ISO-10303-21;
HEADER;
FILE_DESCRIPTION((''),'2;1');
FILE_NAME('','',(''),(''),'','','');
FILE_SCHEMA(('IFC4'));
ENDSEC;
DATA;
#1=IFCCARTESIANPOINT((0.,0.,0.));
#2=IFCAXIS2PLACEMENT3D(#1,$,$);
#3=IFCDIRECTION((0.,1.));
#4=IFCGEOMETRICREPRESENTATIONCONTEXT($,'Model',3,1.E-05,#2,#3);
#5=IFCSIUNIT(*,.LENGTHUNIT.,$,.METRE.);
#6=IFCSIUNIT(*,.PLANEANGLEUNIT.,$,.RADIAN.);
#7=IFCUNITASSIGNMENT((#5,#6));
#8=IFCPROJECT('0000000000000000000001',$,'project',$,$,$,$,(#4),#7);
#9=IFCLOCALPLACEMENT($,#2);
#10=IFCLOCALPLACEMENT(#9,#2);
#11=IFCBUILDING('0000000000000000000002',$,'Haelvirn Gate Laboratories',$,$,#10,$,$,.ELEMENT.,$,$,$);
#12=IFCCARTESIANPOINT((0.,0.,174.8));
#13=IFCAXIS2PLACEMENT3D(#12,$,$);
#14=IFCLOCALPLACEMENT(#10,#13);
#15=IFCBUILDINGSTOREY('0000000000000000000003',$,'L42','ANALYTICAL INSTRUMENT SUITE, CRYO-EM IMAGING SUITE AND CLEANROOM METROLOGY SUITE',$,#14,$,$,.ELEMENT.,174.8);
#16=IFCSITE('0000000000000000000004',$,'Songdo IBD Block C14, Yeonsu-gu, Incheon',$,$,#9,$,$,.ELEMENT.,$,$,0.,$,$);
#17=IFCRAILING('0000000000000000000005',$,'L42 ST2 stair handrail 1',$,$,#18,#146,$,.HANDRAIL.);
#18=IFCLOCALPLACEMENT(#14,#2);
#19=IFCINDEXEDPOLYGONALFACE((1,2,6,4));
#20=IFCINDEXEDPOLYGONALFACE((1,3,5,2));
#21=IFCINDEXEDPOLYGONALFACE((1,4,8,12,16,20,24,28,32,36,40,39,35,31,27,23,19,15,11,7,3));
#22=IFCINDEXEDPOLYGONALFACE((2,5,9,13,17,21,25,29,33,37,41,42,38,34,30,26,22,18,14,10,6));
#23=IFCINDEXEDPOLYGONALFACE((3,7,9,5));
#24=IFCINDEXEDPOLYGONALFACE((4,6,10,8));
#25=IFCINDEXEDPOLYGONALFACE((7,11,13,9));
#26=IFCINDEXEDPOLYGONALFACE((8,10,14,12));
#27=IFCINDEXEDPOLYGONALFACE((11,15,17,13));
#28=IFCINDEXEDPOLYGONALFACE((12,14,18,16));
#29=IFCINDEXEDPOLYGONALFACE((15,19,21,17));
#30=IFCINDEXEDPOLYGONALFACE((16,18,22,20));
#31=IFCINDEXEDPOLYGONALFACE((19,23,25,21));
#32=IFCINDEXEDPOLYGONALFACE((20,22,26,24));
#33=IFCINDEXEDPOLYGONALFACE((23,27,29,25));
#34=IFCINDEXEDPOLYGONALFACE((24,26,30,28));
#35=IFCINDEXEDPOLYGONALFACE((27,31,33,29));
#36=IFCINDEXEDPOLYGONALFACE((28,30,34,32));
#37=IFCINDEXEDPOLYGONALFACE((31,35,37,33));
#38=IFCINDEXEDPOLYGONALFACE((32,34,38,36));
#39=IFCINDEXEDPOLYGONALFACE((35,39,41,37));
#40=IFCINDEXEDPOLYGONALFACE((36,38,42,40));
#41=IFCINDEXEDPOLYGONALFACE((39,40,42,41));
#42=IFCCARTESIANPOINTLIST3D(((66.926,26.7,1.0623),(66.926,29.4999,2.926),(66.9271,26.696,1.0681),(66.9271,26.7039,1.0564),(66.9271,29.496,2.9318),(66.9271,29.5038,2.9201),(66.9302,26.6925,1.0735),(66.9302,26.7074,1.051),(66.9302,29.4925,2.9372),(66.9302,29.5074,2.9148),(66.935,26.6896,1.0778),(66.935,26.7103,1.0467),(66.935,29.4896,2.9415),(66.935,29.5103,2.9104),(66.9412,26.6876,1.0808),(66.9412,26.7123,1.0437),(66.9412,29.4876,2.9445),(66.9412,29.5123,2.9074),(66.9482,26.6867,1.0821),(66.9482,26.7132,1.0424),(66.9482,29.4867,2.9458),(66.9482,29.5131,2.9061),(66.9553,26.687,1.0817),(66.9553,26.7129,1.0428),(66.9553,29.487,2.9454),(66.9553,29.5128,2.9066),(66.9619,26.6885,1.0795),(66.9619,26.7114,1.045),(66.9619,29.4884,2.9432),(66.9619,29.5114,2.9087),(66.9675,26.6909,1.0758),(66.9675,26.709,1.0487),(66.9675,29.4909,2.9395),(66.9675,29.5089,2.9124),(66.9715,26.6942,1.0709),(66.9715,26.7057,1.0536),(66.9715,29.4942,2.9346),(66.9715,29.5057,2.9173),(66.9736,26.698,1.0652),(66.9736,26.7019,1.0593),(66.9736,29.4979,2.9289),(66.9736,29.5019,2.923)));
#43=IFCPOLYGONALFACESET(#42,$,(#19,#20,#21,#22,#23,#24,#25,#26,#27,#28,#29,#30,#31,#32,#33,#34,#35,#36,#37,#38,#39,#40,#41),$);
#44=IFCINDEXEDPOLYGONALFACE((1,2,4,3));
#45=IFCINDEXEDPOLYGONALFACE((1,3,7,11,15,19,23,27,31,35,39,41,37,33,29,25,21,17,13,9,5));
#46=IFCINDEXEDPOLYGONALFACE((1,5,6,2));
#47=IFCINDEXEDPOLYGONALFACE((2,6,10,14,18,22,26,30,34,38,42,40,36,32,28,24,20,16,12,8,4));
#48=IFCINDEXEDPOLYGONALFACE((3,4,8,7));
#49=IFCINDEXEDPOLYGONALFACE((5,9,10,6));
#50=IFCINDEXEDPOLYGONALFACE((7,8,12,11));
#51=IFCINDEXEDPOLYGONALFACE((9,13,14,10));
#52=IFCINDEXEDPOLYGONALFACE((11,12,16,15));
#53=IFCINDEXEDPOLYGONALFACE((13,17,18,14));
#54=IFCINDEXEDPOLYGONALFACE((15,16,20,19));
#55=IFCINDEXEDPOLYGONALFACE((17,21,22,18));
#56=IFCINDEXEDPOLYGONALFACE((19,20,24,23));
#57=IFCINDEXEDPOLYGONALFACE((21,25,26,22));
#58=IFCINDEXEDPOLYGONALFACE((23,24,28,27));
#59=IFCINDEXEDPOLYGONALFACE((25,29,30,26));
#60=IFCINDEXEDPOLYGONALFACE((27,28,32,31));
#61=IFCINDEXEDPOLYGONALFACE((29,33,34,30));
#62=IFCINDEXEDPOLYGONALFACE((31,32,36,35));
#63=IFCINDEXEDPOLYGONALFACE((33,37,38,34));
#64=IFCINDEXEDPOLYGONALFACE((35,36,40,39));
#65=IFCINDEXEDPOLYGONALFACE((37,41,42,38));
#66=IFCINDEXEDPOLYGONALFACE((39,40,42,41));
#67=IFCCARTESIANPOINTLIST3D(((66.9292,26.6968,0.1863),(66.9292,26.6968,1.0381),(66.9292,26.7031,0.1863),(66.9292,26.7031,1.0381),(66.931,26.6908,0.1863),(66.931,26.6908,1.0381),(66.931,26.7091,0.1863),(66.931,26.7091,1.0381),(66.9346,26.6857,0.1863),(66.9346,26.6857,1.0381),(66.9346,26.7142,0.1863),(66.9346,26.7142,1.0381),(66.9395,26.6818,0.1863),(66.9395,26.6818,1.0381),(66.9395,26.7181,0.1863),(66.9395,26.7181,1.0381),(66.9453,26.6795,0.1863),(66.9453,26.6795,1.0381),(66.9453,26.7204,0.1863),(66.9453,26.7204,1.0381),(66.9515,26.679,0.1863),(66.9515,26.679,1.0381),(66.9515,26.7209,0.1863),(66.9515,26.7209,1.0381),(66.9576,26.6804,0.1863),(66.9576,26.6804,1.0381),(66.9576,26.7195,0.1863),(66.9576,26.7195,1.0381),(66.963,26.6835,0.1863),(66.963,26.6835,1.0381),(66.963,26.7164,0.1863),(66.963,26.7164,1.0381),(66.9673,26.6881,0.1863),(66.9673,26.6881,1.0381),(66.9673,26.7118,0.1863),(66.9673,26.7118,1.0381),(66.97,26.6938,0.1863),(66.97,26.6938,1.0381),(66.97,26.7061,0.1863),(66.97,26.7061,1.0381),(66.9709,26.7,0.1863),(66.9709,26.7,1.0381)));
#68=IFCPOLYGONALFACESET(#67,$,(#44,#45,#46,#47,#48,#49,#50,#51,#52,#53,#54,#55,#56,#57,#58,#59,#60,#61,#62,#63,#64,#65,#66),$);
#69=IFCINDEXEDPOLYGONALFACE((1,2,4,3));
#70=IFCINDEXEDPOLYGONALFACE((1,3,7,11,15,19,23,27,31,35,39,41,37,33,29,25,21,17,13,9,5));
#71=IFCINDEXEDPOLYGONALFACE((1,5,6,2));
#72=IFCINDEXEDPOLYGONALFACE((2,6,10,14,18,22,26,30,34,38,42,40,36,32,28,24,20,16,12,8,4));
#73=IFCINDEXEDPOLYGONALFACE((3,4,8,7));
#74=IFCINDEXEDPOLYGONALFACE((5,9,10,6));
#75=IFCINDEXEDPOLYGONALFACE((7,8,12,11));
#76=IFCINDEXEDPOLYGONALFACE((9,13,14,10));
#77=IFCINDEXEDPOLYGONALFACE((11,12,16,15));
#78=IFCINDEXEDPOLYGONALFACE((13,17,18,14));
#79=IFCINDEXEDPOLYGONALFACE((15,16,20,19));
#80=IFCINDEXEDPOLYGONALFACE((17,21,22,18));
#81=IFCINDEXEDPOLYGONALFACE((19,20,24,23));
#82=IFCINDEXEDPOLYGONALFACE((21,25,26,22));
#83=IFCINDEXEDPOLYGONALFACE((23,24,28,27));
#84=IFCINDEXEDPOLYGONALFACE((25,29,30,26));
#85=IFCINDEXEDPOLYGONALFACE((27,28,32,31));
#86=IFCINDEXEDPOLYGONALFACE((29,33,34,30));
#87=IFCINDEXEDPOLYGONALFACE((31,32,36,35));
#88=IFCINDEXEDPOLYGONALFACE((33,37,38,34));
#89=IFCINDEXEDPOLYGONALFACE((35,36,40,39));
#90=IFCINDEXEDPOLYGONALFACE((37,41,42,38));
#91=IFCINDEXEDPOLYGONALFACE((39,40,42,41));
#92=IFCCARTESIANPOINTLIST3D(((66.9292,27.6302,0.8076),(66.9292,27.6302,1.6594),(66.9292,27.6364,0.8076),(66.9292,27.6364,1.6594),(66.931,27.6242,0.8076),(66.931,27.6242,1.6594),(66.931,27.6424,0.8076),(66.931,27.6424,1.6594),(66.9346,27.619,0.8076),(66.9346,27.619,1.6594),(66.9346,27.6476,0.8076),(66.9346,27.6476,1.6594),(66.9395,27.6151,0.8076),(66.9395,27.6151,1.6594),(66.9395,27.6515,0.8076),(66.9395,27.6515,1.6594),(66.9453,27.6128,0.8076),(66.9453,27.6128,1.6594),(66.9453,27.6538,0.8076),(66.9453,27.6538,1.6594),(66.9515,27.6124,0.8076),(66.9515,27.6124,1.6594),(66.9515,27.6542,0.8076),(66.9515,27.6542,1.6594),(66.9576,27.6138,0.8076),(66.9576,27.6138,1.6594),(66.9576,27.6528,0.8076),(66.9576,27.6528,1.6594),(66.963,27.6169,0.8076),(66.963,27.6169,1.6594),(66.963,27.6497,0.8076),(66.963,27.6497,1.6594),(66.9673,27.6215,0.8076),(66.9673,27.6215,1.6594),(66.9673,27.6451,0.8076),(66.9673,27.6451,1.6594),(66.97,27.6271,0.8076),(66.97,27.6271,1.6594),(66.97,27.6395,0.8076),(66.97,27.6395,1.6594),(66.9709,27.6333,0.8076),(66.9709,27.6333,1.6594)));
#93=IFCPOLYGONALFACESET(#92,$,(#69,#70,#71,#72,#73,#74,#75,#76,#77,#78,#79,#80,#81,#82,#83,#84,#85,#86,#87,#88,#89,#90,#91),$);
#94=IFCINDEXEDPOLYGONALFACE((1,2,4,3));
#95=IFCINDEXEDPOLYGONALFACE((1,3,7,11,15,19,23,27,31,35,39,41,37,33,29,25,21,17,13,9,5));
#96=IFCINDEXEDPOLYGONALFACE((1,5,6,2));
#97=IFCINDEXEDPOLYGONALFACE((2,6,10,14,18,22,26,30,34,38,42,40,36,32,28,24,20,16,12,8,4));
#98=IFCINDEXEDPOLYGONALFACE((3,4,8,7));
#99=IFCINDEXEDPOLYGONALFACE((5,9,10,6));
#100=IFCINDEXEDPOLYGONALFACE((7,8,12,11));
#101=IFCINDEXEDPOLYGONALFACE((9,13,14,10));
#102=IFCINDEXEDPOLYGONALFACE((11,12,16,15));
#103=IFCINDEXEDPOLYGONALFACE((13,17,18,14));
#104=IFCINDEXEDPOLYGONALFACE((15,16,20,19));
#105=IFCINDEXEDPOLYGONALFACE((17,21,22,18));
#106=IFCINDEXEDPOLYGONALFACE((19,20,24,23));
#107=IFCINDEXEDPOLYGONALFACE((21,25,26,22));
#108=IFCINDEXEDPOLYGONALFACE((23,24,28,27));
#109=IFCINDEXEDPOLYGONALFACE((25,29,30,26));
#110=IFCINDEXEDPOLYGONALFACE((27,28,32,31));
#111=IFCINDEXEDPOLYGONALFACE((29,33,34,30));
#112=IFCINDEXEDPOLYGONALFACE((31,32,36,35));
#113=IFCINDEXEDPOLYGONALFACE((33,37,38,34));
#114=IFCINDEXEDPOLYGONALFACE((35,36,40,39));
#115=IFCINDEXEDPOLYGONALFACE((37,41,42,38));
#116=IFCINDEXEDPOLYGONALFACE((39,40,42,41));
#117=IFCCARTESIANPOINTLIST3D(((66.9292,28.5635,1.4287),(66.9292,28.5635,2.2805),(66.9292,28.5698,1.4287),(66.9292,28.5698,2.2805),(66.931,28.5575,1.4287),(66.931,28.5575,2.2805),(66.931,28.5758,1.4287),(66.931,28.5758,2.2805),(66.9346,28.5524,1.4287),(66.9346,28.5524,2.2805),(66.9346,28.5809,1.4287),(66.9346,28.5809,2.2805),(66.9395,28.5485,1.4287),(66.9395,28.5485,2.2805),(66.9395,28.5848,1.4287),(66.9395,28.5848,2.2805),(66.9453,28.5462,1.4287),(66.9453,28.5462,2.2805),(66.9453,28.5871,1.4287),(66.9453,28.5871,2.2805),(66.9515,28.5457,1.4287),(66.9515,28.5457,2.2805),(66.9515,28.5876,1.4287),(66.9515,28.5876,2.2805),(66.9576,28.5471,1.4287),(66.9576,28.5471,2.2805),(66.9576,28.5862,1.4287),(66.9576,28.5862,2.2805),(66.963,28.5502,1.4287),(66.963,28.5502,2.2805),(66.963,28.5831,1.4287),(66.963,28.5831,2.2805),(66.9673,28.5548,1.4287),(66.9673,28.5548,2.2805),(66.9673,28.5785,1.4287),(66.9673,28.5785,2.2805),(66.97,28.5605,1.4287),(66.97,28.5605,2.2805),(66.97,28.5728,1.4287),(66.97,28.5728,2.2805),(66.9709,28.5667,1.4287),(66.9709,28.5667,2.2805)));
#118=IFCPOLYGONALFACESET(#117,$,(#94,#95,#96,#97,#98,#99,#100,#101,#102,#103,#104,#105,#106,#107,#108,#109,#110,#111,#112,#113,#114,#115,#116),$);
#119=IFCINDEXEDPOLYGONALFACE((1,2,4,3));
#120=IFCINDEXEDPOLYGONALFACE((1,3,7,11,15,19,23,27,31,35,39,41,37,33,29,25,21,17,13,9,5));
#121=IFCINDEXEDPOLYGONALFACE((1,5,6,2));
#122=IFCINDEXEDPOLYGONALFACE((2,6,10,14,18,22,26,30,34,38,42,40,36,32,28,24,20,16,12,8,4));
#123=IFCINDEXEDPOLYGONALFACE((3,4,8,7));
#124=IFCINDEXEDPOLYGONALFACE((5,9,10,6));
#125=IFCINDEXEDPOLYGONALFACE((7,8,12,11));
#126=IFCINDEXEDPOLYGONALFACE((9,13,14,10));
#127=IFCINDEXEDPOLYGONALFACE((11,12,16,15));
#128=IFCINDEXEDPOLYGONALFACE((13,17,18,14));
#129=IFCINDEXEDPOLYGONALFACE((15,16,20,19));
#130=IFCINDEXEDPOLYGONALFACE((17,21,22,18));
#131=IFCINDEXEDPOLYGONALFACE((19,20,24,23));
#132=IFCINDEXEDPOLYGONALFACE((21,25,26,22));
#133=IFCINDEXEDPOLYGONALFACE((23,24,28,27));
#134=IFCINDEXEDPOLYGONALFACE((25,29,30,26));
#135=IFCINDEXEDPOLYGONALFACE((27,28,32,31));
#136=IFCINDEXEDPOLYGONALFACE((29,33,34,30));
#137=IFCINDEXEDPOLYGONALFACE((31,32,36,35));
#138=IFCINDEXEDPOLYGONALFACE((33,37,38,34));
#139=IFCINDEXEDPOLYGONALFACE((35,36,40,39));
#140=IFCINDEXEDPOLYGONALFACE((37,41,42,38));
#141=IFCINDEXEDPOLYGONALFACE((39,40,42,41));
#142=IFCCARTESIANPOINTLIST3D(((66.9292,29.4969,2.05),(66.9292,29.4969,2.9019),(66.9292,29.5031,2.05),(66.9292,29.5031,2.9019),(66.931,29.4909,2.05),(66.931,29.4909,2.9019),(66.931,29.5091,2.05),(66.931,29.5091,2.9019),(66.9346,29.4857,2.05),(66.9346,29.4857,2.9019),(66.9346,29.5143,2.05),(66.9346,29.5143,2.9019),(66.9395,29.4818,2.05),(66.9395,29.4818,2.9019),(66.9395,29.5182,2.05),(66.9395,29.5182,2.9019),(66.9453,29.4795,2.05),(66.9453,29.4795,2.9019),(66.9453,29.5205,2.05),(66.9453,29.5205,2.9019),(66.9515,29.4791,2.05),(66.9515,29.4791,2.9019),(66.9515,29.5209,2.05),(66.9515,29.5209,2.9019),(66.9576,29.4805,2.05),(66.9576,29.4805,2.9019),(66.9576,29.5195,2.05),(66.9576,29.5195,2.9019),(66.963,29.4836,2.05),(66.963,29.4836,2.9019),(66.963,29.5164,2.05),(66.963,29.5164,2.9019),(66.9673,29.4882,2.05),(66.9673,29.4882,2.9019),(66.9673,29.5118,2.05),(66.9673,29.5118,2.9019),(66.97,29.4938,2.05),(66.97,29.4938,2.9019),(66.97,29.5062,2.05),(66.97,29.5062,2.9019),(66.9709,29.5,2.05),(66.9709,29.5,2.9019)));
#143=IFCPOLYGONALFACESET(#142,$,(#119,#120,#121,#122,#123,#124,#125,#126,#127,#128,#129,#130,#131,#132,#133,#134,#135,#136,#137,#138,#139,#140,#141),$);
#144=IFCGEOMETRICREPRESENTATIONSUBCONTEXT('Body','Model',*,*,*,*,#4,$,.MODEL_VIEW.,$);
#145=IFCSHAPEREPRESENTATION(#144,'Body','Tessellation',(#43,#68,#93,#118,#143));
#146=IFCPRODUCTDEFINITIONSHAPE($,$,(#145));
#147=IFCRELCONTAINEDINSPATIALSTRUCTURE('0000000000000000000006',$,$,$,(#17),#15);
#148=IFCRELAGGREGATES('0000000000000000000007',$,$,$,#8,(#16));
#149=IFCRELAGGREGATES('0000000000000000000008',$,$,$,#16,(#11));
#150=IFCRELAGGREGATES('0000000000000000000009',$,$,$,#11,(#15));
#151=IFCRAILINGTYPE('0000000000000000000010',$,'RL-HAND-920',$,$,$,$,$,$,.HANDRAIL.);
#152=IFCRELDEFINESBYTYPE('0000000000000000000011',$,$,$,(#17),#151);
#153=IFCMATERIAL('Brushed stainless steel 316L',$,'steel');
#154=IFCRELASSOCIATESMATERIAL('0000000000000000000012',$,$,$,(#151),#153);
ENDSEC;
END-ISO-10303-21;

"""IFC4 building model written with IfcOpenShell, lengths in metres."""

from ifc_helpers import new_model, si_unit, direction, frame, origin, origin_2d, place, context, subcontext, project, spatial, circle, extrude, source, transform, mapped, material, type_object, element, save


model = new_model("IFC4")

# Units and contexts
model_context = context("Model", 3, precision=1e-05, world=origin(), true_north=direction((0.0, 1.0)))
body_context = subcontext(model_context, "Body", "Model", "MODEL_VIEW")
ifc_project = project(units=[si_unit("LENGTHUNIT", "METRE"), si_unit("PLANEANGLEUNIT", "RADIAN")], contexts=[model_context])

# Site, building, storey
site_placement = place(None, origin())
site = spatial("IfcSite", under=ifc_project, at=site_placement, Name="Songdo IBD Block C14, Yeonsu-gu, Incheon", CompositionType="ELEMENT", RefElevation=0.0)
building_placement = place(site_placement, origin())
building = spatial("IfcBuilding", under=site, at=building_placement, Name="Haelvirn Gate Laboratories", CompositionType="ELEMENT")
storey_placement = place(building_placement, frame((0.0, 0.0, 174.8)))
storey = spatial("IfcBuildingStorey", under=building, at=storey_placement, Name="L42", Description="ANALYTICAL INSTRUMENT SUITE, CRYO-EM IMAGING SUITE AND CLEANROOM METROLOGY SUITE", CompositionType="ELEMENT", Elevation=174.8)

# Railing
ifc_material_1 = material(Name="Brushed stainless steel 316L", Category="steel")
railing_type_1 = type_object("IfcRailingType", Name="RL-HAND-920", PredefinedType="HANDRAIL", material=ifc_material_1)
shared_shape_1 = source(origin(), body_context, "Body", "SweptSolid", [
    extrude(circle(Radius=0.0239, at=origin_2d()), frame((0.0, 0.0, 0.876), z_axis=(0.0, 0.832452, 0.554097), x_axis=(-1.0, 0.0, 0.0)), (0.0, 0.0, 1.0), 3.3635),
    extrude(circle(Radius=0.021, at=origin_2d()), origin(), (0.0, 0.0, 1.0), 0.8518),
    extrude(circle(Radius=0.021, at=origin_2d()), frame((0.0, 0.9333, 0.6213)), (0.0, 0.0, 1.0), 0.8518),
    extrude(circle(Radius=0.021, at=origin_2d()), frame((0.0, 1.8667, 1.2424)), (0.0, 0.0, 1.0), 0.8518),
    extrude(circle(Radius=0.021, at=origin_2d()), frame((0.0, 2.8, 1.8638)), (0.0, 0.0, 1.0), 0.8518),
])
railing_1_placement = place(storey_placement, frame((66.95, 26.7, 0.1863)))
element("IfcRailing", 1, at=railing_1_placement, inside=storey, type_object=railing_type_1, Name="L42 ST2 stair handrail 1", PredefinedType="HANDRAIL", context=body_context, shape_type="MappedRepresentation", body=[
    mapped(shared_shape_1, transform((0.0, 0.0, 0.0), scale=1.0)),
])

save(model, "model.ifc")
